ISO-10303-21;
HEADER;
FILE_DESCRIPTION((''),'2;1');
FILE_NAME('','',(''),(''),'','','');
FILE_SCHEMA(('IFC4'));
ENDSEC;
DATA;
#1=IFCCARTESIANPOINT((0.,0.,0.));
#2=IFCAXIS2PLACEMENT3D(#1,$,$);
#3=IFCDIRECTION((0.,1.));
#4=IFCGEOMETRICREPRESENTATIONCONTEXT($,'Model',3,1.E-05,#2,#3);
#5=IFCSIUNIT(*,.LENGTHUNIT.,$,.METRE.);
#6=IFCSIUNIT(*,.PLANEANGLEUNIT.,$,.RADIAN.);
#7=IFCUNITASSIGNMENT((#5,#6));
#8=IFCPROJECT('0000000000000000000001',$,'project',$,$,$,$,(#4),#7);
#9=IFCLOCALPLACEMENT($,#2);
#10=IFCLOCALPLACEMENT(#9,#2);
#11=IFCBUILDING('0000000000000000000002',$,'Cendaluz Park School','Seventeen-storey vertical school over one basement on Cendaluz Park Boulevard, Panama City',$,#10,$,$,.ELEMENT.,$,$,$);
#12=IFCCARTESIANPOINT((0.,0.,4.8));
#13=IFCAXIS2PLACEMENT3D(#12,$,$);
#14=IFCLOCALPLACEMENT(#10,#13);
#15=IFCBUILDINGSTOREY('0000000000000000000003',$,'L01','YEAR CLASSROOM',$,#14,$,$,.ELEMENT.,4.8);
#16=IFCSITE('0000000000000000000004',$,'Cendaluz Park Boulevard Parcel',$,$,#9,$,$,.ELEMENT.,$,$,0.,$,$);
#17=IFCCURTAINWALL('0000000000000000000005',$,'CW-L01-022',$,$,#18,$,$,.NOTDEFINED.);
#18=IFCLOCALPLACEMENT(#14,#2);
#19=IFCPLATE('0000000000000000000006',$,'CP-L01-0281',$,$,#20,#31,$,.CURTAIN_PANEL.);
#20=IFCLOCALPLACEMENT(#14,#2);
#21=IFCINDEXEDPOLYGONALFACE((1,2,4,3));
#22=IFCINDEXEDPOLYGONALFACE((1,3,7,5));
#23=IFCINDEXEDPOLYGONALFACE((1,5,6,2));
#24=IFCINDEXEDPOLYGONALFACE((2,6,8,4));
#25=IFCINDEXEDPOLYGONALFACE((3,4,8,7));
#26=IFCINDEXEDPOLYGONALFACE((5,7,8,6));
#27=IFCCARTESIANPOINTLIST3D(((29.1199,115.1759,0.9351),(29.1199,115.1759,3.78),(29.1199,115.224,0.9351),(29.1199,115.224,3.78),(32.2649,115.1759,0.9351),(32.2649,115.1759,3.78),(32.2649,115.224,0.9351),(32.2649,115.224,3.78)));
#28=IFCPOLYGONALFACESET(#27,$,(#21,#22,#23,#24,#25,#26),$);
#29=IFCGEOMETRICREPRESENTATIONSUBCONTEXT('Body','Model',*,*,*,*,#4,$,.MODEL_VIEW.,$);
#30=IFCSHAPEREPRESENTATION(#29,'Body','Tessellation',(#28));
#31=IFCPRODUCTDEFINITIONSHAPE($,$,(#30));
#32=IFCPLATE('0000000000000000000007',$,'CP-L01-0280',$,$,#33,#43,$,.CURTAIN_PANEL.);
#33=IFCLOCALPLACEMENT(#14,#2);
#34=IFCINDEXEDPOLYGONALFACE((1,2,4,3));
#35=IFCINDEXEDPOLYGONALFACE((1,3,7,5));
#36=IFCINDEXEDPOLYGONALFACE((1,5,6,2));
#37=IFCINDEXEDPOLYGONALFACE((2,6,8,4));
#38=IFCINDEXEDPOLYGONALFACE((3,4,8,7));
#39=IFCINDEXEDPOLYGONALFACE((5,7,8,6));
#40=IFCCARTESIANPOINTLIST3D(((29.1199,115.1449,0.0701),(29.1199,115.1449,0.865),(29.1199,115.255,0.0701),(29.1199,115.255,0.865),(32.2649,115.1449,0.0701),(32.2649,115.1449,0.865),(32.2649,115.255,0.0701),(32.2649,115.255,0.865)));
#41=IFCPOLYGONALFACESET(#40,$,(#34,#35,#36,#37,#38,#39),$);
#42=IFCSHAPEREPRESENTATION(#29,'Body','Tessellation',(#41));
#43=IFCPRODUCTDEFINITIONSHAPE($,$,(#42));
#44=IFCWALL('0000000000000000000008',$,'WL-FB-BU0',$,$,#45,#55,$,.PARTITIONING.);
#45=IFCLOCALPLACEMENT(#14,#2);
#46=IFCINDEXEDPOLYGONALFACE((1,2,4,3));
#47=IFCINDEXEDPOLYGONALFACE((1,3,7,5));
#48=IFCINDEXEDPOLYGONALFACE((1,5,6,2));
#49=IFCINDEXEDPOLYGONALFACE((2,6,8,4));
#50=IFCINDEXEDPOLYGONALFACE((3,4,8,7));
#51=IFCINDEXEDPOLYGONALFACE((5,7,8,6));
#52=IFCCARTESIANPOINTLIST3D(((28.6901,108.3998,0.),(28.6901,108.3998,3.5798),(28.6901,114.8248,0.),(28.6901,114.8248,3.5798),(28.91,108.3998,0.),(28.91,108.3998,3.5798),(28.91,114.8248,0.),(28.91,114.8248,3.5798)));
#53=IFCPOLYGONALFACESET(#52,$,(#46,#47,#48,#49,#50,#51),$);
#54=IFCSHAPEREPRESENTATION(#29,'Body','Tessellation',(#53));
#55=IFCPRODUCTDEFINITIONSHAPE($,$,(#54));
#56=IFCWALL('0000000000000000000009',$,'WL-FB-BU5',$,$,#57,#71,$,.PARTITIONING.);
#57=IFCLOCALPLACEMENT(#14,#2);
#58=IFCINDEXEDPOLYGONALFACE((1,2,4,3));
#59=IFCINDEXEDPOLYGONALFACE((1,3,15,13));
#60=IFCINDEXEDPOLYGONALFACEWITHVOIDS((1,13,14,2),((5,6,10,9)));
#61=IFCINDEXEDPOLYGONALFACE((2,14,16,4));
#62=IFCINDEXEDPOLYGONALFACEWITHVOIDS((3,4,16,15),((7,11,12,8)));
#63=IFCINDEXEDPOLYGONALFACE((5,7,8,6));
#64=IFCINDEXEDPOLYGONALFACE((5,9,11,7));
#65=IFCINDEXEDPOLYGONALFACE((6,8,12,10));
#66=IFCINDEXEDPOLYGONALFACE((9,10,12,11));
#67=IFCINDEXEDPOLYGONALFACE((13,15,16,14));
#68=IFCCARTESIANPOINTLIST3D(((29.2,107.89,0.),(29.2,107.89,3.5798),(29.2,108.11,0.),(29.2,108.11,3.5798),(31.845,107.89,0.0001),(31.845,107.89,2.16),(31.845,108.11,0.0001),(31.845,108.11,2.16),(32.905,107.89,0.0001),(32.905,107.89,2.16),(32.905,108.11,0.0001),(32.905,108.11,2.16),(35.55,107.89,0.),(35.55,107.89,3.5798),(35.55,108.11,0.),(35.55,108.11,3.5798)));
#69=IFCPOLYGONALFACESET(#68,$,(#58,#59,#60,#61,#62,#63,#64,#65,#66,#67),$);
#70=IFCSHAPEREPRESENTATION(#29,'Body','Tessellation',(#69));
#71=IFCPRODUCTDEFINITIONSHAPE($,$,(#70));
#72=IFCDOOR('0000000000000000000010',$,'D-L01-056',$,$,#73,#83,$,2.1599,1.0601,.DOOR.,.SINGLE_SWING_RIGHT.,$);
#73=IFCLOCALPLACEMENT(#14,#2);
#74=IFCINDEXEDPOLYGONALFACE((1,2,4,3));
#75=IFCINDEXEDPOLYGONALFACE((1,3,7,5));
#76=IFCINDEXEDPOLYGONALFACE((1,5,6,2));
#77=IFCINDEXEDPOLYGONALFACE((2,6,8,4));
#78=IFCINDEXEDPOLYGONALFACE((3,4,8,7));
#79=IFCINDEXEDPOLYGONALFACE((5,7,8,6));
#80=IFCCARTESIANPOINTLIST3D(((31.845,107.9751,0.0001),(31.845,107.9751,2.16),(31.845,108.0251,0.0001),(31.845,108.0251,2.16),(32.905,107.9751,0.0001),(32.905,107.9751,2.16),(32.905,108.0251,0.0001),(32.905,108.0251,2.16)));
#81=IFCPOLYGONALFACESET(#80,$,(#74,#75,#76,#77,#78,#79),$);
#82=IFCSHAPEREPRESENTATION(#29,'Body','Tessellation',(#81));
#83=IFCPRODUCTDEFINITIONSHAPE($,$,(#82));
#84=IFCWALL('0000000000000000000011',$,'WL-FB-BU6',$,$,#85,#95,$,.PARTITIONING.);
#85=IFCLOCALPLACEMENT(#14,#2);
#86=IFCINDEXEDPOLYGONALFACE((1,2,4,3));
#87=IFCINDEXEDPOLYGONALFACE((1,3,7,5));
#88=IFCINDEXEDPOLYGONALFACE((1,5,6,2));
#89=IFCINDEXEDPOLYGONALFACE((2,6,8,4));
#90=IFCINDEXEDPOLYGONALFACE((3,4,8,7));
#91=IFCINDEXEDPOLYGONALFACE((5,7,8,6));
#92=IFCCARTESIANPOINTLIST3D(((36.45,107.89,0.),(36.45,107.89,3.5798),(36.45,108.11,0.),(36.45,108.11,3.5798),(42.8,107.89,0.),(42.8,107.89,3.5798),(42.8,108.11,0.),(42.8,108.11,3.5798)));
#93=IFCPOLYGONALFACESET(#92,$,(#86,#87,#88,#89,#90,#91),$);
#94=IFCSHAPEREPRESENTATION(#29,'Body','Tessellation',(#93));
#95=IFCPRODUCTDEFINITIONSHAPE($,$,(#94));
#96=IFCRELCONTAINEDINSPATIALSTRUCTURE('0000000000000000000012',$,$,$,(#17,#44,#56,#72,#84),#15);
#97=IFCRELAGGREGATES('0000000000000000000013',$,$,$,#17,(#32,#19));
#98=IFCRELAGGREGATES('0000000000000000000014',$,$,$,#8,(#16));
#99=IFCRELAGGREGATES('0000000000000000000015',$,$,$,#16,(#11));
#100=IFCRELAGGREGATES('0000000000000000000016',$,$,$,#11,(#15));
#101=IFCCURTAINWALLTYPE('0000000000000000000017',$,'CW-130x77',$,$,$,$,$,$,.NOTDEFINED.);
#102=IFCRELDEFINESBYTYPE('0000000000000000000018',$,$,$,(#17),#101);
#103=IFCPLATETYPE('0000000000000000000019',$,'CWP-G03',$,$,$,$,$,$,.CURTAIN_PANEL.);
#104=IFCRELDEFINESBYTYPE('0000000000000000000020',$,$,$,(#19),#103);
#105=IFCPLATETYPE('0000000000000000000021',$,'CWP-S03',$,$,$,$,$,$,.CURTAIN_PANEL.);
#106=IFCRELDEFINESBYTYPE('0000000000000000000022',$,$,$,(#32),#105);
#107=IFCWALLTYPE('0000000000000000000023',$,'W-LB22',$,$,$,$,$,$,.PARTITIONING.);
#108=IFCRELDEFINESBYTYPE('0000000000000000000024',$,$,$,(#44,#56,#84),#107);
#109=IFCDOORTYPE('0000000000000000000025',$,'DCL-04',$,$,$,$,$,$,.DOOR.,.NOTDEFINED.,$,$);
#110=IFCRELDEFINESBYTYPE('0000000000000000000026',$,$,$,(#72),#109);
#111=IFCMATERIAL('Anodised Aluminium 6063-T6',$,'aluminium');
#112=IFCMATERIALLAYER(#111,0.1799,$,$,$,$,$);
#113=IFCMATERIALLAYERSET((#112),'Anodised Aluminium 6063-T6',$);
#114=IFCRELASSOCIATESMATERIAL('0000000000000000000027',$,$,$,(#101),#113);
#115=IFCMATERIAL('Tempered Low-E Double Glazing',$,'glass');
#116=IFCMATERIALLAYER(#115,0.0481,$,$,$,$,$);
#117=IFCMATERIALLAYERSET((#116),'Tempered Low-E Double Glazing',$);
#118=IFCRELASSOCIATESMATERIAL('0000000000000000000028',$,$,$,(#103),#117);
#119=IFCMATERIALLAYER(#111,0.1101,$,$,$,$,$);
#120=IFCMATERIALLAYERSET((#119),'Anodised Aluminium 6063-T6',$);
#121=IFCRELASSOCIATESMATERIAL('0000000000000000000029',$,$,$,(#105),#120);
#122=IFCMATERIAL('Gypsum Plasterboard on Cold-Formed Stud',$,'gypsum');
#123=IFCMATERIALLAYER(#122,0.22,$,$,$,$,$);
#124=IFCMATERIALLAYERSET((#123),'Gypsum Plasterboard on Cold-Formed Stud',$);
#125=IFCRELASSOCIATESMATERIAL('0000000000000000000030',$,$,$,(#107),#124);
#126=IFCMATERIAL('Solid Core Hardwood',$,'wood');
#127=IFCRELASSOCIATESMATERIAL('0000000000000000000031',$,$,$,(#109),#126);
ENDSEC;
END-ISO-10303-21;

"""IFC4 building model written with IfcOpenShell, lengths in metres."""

from ifc_helpers import new_model, si_unit, direction, frame, frame_2d, origin, origin_2d, place, context, subcontext, project, spatial, rectangle, extrude, material, layer, layer_set, type_object, element, fill, aggregate, save


model = new_model("IFC4")

# Units and contexts
model_context = context("Model", 3, precision=1e-05, world=origin(), true_north=direction((0.0, 1.0)))
body_context = subcontext(model_context, "Body", "Model", "MODEL_VIEW")
ifc_project = project(units=[si_unit("LENGTHUNIT", "METRE"), si_unit("PLANEANGLEUNIT", "RADIAN")], contexts=[model_context])

# Site, building, storey
site_placement = place(None, origin())
site = spatial("IfcSite", under=ifc_project, at=site_placement, Name="Cendaluz Park Boulevard Parcel", CompositionType="ELEMENT", RefElevation=0.0)
building_placement = place(site_placement, origin())
building = spatial("IfcBuilding", under=site, at=building_placement, Name="Cendaluz Park School", Description="Seventeen-storey vertical school over one basement on Cendaluz Park Boulevard, Panama City", CompositionType="ELEMENT")
storey_placement = place(building_placement, frame((0.0, 0.0, 4.8)))
storey = spatial("IfcBuildingStorey", under=building, at=storey_placement, Name="L01", Description="YEAR CLASSROOM", CompositionType="ELEMENT", Elevation=4.8)

# Curtain wall
ifc_material_1 = material(Name="Anodised Aluminium 6063-T6", Category="aluminium")
ifc_layer_1 = layer(ifc_material_1, 0.1799)
ifc_layer_set_1 = layer_set([ifc_layer_1], Name="Anodised Aluminium 6063-T6")
curtain_wall_type = type_object("IfcCurtainWallType", Name="CW-130x77", PredefinedType="NOTDEFINED", material=ifc_layer_set_1)
curtain_wall_placement = place(storey_placement, origin())
curtain_wall = element("IfcCurtainWall", 1, at=curtain_wall_placement, inside=storey, type_object=curtain_wall_type, Name="CW-L01-022", PredefinedType="NOTDEFINED")

# Plates
ifc_material_2 = material(Name="Tempered Low-E Double Glazing", Category="glass")
ifc_layer_2 = layer(ifc_material_2, 0.0481)
ifc_layer_set_2 = layer_set([ifc_layer_2], Name="Tempered Low-E Double Glazing")
plate_type_1 = type_object("IfcPlateType", Name="CWP-G03", PredefinedType="CURTAIN_PANEL", material=ifc_layer_set_2)
plate_1_placement = place(storey_placement, frame((30.6924, 115.2, 0.9351), z_axis=(0.0, 0.0, 1.0), x_axis=(1.0, 0.0, 0.0)))
plate_1 = element("IfcPlate", 2, at=plate_1_placement, type_object=plate_type_1, Name="CP-L01-0281", PredefinedType="CURTAIN_PANEL", context=body_context, shape_type="SweptSolid", body=[
    extrude(rectangle(XDim=3.145, YDim=0.0481, at=origin_2d()), origin(), (0.0, 0.0, 1.0), 2.845),
])
ifc_layer_3 = layer(ifc_material_1, 0.1101)
ifc_layer_set_3 = layer_set([ifc_layer_3], Name="Anodised Aluminium 6063-T6")
plate_type_2 = type_object("IfcPlateType", Name="CWP-S03", PredefinedType="CURTAIN_PANEL", material=ifc_layer_set_3)
plate_2_placement = place(storey_placement, frame((30.6924, 115.2, 0.0701), z_axis=(0.0, 0.0, 1.0), x_axis=(1.0, 0.0, 0.0)))
plate_2 = element("IfcPlate", 3, at=plate_2_placement, type_object=plate_type_2, Name="CP-L01-0280", PredefinedType="CURTAIN_PANEL", context=body_context, shape_type="SweptSolid", body=[
    extrude(rectangle(XDim=3.145, YDim=0.1101, at=origin_2d()), origin(), (0.0, 0.0, 1.0), 0.7949),
])
aggregate(curtain_wall, [plate_2, plate_1])

# Wall
ifc_material_3 = material(Name="Gypsum Plasterboard on Cold-Formed Stud", Category="gypsum")
ifc_layer_4 = layer(ifc_material_3, 0.22)
ifc_layer_set_4 = layer_set([ifc_layer_4], Name="Gypsum Plasterboard on Cold-Formed Stud")
wall_type = type_object("IfcWallType", Name="W-LB22", PredefinedType="PARTITIONING", material=ifc_layer_set_4)
wall_1_placement = place(storey_placement, frame((28.8, 108.3999, 0.0), z_axis=(0.0, 0.0, 1.0), x_axis=(0.0, 1.0, 0.0)))
element("IfcWall", 4, at=wall_1_placement, inside=storey, type_object=wall_type, Name="WL-FB-BU0", PredefinedType="PARTITIONING", context=body_context, shape_type="SweptSolid", body=[
    extrude(rectangle(XDim=6.425, YDim=0.22, at=frame_2d((3.2124, 0.0))), origin(), (0.0, 0.0, 1.0), 3.5798),
])

# Wall, opening, door
wall_2_placement = place(storey_placement, frame((29.2, 108.0, 0.0), z_axis=(0.0, 0.0, 1.0), x_axis=(1.0, 0.0, 0.0)))
wall_2 = element("IfcWall", 5, at=wall_2_placement, inside=storey, type_object=wall_type, Name="WL-FB-BU5", PredefinedType="PARTITIONING", context=body_context, shape_type="SweptSolid", body=[
    extrude(rectangle(XDim=6.3501, YDim=0.22, at=frame_2d((3.175, 0.0))), origin(), (0.0, 0.0, 1.0), 3.5798),
])
opening_placement = place(wall_2_placement, frame((2.645, 0.0, 0.0)))
opening = element("IfcOpeningElement", 6, at=opening_placement, cuts=wall_2, PredefinedType="OPENING", context=body_context, shape_type="SweptSolid", body=[
    extrude(rectangle(XDim=1.0601, YDim=2.1599, at=frame_2d((0.53, 1.0801))), frame((0.0, 0.1221, 0.0), z_axis=(0.0, -1.0, 0.0), x_axis=(1.0, 0.0, 0.0)), (0.0, 0.0, 1.0), 0.2439),
])
ifc_material_4 = material(Name="Solid Core Hardwood", Category="wood")
door_type = type_object("IfcDoorType", Name="DCL-04", OperationType="NOTDEFINED", PredefinedType="DOOR", material=ifc_material_4)
door_placement = place(opening_placement, frame((1.0601, 0.0, 0.0), z_axis=(0.0, 0.0, 1.0), x_axis=(-1.0, 0.0, 0.0)))
door = element("IfcDoor", 7, at=door_placement, inside=storey, type_object=door_type, Name="D-L01-056", OperationType="SINGLE_SWING_RIGHT", OverallHeight=2.1599, OverallWidth=1.0601, PredefinedType="DOOR", context=body_context, shape_type="SweptSolid", body=[
    extrude(rectangle(XDim=1.0601, YDim=2.1599, at=frame_2d((0.53, 1.0801))), frame((0.0, 0.0249, 0.0), z_axis=(0.0, -1.0, 0.0), x_axis=(1.0, 0.0, 0.0)), (0.0, 0.0, 1.0), 0.05),
])
fill(opening, door)

# Wall
wall_3_placement = place(storey_placement, frame((36.45, 108.0, 0.0), z_axis=(0.0, 0.0, 1.0), x_axis=(1.0, 0.0, 0.0)))
element("IfcWall", 8, at=wall_3_placement, inside=storey, type_object=wall_type, Name="WL-FB-BU6", PredefinedType="PARTITIONING", context=body_context, shape_type="SweptSolid", body=[
    extrude(rectangle(XDim=6.3501, YDim=0.22, at=frame_2d((3.175, 0.0))), origin(), (0.0, 0.0, 1.0), 3.5798),
])

save(model, "model.ifc")
